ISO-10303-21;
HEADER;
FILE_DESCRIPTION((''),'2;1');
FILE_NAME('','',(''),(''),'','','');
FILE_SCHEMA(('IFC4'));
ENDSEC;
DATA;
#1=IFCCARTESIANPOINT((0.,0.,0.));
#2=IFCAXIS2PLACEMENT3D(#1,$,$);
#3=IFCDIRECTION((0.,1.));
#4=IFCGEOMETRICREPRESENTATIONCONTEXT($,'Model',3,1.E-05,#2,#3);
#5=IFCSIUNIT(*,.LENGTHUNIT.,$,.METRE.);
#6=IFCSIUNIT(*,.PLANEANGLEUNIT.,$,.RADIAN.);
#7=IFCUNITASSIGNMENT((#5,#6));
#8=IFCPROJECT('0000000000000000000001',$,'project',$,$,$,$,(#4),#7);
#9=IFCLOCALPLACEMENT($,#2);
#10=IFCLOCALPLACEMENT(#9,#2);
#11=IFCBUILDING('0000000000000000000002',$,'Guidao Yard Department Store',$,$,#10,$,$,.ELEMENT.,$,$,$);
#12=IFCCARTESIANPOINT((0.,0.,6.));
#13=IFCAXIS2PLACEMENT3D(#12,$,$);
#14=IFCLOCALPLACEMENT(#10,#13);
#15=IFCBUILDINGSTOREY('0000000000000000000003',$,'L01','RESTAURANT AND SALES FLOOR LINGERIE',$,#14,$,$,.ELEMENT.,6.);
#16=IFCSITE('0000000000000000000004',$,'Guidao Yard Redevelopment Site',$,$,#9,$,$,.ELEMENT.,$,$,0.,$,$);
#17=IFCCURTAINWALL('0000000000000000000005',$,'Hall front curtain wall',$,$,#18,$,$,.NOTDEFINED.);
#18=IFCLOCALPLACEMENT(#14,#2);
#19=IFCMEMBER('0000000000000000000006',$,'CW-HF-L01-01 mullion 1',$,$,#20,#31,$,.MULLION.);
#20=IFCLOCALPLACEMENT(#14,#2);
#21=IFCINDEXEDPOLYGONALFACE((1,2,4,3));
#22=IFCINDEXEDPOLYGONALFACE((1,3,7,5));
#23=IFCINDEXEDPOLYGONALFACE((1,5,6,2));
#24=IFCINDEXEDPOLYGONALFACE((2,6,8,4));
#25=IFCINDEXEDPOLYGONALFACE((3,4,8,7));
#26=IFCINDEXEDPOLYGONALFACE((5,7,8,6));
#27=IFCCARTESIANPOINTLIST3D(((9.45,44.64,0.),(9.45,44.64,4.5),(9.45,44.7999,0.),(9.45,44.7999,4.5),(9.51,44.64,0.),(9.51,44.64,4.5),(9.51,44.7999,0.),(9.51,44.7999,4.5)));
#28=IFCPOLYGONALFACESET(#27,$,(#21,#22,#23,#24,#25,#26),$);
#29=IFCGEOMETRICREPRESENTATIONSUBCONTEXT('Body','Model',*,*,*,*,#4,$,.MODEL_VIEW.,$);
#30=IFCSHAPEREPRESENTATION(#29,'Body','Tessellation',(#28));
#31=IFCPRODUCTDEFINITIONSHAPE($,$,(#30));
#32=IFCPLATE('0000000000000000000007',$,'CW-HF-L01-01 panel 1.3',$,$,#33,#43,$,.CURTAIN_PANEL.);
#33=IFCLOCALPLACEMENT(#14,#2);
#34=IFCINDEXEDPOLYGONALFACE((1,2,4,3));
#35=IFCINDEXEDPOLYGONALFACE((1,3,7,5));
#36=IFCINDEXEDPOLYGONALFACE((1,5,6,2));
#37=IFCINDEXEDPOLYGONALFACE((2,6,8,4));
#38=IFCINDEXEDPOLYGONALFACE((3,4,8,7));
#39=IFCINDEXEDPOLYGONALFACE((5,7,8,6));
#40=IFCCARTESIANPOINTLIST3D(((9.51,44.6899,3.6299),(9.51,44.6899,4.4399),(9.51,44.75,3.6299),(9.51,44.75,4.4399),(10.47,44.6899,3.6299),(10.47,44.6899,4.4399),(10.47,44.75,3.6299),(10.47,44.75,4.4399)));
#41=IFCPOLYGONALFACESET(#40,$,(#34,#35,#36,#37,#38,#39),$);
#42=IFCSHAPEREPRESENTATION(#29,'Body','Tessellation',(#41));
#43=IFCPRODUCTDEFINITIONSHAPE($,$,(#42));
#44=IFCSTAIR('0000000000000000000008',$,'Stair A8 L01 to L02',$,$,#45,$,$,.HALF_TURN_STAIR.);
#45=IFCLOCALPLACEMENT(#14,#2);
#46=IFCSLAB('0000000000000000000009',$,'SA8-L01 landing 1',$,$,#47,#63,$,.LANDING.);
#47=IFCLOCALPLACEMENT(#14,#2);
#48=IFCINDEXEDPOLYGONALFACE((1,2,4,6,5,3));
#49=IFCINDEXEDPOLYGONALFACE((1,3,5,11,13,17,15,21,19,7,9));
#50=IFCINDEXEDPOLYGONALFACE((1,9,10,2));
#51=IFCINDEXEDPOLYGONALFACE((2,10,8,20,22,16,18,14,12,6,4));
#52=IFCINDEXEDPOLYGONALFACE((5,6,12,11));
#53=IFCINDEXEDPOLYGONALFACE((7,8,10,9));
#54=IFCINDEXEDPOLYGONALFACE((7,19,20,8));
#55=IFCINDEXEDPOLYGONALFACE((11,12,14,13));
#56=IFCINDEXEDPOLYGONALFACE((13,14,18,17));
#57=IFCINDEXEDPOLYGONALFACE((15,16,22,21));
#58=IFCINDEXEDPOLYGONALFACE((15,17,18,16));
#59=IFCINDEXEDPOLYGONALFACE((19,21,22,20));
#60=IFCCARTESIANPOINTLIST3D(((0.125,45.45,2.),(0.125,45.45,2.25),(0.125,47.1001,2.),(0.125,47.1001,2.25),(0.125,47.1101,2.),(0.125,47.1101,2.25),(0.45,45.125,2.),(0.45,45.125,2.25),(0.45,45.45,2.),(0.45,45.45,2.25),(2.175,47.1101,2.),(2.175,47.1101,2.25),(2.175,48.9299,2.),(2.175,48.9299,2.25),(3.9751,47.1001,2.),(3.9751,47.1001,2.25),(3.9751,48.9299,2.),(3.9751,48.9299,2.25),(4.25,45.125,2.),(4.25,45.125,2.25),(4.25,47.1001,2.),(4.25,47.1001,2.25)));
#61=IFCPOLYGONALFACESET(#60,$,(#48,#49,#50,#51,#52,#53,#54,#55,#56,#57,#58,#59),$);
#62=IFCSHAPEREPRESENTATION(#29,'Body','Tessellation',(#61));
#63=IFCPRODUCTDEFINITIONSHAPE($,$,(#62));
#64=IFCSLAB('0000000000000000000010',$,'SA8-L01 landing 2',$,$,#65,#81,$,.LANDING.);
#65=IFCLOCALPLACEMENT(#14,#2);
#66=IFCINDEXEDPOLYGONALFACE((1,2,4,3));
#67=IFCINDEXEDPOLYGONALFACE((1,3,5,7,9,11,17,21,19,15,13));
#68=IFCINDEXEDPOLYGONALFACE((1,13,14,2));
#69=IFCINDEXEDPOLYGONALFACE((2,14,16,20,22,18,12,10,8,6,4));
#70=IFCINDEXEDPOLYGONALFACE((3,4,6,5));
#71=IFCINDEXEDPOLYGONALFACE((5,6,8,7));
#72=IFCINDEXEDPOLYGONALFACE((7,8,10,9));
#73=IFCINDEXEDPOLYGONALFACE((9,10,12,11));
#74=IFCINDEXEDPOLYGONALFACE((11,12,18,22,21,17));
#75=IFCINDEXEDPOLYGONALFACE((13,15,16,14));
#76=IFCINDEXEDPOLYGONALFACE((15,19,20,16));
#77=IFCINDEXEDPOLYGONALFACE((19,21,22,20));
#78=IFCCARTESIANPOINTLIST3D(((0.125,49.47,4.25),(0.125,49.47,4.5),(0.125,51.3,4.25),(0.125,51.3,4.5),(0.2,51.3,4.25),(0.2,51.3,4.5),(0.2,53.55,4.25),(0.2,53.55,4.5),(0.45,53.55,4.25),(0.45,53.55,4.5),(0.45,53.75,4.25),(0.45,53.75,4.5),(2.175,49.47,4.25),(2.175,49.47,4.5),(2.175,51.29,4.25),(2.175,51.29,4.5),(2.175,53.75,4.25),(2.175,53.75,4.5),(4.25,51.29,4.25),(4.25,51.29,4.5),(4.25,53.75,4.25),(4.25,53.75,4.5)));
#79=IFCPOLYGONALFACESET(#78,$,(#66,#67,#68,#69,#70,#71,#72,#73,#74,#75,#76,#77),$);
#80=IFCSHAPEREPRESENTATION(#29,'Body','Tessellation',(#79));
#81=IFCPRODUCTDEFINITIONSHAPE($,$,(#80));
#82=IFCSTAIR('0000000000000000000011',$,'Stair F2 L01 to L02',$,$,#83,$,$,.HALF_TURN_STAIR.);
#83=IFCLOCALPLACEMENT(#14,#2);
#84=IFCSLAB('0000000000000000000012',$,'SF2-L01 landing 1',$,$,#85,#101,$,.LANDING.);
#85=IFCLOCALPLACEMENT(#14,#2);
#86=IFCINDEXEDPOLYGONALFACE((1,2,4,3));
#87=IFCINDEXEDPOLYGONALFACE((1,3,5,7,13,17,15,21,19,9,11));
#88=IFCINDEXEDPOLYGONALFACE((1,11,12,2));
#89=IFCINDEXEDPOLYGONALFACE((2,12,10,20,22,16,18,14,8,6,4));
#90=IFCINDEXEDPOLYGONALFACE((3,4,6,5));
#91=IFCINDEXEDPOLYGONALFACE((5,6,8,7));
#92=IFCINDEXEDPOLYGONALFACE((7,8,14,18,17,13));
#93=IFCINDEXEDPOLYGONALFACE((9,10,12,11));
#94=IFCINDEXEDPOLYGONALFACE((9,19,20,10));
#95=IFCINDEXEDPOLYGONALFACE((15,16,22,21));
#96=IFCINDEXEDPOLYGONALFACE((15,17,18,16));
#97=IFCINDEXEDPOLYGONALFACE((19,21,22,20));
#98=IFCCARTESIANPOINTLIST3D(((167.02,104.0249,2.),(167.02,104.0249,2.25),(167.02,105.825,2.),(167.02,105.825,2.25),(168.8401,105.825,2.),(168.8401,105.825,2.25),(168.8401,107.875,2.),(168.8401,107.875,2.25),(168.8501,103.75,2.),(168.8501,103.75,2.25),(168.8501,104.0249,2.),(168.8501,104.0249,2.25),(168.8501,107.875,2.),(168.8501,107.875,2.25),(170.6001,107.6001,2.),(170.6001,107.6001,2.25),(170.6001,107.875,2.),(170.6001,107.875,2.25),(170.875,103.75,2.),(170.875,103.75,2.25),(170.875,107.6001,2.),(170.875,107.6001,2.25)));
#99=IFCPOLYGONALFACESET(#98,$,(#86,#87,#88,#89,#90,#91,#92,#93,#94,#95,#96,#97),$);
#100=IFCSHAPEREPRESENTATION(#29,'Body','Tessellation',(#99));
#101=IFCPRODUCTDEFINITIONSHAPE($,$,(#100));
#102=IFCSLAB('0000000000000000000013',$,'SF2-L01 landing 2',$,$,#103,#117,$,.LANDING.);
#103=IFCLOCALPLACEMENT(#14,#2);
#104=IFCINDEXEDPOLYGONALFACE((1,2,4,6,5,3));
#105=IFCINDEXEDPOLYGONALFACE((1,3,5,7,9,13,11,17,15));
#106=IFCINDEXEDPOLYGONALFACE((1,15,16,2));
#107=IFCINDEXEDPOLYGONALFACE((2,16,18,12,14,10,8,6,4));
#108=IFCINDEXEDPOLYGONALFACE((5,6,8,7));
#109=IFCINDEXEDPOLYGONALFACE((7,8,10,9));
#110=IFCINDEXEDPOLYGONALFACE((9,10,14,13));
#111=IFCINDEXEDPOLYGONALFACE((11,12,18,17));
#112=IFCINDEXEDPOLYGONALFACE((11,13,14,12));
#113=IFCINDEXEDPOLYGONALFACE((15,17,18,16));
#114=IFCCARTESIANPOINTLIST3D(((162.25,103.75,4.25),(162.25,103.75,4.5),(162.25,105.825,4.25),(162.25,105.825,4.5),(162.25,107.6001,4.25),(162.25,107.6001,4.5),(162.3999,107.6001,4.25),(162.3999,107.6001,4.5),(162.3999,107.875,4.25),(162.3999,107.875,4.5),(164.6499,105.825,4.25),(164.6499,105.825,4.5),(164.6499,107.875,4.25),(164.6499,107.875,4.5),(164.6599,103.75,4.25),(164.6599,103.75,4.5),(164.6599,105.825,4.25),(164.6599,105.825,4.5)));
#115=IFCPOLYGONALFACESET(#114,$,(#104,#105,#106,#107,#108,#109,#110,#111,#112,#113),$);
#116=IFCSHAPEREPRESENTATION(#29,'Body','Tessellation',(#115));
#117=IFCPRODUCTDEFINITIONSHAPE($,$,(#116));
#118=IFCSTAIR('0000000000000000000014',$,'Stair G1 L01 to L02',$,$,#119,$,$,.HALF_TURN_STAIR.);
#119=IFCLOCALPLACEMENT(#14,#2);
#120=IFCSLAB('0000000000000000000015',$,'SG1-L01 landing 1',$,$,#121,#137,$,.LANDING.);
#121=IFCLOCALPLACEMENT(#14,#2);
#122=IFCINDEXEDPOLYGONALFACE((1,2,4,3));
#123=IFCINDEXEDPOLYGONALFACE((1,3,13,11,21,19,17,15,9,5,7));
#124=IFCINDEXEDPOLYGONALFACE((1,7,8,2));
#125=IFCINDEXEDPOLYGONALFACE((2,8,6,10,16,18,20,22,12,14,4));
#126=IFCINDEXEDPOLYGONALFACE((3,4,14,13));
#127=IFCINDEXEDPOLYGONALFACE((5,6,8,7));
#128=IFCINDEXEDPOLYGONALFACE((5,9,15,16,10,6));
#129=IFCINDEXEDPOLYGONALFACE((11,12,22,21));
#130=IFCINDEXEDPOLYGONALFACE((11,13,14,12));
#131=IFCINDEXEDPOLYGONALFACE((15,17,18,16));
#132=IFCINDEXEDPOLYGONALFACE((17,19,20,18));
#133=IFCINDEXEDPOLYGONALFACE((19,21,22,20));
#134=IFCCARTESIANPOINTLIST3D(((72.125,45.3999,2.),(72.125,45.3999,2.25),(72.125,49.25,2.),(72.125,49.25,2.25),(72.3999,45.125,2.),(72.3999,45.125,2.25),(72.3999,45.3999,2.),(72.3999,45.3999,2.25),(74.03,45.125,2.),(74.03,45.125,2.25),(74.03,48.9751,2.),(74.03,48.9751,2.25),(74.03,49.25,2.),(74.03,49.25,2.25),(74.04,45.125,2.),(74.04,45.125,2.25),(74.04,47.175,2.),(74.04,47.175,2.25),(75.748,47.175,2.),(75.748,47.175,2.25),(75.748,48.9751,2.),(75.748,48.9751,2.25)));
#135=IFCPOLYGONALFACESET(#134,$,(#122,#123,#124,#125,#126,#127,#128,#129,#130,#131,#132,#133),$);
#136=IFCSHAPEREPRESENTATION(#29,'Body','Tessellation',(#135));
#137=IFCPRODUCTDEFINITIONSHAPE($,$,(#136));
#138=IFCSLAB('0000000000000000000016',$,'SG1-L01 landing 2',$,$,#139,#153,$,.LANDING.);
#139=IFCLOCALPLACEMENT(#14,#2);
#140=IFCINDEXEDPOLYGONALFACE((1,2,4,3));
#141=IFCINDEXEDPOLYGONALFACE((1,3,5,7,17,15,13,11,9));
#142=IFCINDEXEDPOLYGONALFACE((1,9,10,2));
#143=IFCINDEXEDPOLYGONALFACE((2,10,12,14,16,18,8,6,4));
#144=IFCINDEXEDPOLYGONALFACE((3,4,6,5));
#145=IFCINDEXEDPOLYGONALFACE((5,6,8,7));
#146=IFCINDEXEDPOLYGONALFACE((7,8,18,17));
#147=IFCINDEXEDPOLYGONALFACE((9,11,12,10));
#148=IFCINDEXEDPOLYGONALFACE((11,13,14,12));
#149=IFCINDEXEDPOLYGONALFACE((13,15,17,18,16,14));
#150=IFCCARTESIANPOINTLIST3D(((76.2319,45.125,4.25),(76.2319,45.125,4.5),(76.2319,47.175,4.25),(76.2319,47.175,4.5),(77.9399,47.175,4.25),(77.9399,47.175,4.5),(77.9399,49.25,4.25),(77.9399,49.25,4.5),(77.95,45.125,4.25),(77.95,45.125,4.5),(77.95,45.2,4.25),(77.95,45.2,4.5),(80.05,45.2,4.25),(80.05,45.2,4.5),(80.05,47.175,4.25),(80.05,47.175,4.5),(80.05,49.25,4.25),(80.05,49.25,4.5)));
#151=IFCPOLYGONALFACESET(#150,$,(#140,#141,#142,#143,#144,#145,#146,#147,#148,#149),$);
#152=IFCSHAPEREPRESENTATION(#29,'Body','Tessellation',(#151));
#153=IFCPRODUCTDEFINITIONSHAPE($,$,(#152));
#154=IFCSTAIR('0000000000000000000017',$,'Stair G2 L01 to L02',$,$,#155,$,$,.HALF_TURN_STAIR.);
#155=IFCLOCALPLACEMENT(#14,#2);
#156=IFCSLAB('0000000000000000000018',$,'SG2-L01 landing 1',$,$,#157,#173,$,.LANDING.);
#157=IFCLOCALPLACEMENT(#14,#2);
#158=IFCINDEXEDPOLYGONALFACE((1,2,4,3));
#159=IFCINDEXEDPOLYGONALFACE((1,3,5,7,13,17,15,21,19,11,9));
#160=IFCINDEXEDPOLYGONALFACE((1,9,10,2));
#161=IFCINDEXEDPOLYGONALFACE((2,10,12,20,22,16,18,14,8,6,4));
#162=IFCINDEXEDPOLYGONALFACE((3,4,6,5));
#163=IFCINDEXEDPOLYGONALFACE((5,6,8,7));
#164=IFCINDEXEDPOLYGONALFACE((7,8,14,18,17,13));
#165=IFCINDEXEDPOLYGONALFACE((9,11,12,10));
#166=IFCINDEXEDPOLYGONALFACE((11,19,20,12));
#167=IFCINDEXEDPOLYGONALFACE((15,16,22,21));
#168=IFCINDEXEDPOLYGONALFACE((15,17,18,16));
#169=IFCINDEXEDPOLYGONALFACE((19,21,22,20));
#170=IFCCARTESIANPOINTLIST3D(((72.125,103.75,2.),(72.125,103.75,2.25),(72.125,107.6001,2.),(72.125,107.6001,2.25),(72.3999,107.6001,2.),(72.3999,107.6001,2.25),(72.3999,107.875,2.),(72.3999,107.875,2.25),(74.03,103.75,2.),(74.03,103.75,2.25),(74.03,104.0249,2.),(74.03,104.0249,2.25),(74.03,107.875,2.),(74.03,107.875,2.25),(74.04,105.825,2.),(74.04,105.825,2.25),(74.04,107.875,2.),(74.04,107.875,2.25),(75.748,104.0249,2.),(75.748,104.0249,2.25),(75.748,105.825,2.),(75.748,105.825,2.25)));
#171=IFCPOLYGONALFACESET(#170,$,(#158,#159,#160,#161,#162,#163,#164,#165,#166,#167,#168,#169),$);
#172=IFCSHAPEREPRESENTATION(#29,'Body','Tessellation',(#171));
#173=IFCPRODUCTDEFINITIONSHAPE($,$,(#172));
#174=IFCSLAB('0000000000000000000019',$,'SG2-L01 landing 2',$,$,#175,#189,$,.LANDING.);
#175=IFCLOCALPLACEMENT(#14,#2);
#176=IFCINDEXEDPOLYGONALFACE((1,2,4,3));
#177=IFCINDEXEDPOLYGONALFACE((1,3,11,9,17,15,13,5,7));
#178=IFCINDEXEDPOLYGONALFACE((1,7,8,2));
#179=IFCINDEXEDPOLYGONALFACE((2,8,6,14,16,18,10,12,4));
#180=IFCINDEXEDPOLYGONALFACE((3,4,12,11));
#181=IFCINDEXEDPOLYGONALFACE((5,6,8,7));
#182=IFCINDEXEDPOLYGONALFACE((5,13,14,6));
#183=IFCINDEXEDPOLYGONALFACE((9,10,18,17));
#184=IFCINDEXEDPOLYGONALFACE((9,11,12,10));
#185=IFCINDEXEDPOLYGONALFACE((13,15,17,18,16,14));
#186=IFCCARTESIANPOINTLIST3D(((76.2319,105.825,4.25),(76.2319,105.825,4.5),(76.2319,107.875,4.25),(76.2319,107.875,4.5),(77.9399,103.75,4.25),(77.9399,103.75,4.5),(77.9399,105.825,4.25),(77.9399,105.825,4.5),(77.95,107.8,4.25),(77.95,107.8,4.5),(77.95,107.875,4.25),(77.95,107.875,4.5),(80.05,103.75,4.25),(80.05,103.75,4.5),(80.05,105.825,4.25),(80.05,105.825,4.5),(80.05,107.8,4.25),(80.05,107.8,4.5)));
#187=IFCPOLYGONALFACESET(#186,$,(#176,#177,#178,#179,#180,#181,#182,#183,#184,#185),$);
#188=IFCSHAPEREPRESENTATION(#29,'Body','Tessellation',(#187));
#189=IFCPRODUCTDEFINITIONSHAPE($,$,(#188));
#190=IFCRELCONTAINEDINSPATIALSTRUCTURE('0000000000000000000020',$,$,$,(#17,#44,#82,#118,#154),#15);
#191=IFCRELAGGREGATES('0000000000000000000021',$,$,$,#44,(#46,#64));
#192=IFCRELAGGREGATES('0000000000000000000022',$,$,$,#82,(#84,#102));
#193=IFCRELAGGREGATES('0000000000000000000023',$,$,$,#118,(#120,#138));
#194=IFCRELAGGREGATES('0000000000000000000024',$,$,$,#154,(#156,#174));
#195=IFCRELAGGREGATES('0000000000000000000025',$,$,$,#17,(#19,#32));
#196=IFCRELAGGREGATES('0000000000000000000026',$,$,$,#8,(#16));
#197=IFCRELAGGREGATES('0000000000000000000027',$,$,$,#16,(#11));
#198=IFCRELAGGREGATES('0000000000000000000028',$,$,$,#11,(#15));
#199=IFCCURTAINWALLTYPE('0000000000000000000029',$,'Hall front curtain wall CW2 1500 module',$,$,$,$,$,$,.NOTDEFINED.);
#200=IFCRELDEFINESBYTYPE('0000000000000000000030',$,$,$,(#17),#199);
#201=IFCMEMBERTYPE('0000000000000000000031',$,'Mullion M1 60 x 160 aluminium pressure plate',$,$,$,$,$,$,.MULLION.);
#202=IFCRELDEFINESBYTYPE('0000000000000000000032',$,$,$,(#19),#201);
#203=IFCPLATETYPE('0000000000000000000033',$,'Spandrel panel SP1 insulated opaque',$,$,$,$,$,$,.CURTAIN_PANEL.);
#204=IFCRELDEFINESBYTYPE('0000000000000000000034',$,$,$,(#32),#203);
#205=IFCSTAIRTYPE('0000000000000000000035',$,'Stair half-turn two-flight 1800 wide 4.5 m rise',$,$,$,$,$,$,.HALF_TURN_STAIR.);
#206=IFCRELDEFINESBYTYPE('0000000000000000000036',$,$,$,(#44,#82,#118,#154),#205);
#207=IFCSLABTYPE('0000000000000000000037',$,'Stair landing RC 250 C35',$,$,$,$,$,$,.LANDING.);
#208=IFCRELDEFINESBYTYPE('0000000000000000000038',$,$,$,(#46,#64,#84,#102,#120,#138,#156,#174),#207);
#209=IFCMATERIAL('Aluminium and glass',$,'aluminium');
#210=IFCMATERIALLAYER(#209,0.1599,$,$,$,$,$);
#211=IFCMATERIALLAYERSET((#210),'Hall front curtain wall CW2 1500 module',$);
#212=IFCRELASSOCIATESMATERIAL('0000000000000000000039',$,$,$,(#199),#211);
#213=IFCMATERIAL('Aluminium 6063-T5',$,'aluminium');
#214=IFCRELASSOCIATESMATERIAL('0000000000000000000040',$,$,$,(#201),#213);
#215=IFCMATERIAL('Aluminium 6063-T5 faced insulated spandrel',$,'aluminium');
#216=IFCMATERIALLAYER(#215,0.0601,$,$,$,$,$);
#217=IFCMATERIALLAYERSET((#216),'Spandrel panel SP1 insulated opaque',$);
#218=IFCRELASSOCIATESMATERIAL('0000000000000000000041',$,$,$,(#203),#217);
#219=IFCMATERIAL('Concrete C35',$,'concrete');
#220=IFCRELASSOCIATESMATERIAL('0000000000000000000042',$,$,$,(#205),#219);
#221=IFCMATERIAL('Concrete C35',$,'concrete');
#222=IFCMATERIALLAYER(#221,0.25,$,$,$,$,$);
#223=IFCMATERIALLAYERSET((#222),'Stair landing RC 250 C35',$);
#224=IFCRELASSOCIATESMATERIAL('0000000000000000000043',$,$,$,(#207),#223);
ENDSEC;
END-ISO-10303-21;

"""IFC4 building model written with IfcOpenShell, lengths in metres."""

from ifc_helpers import new_model, si_unit, direction, frame, origin, origin_2d, place, context, subcontext, project, spatial, polyline, rectangle, outline, extrude, material, layer, layer_set, material_profile, profile_set, type_object, element, aggregate, save


model = new_model("IFC4")

# Units and contexts
model_context = context("Model", 3, precision=1e-05, world=origin(), true_north=direction((0.0, 1.0)))
body_context = subcontext(model_context, "Body", "Model", "MODEL_VIEW")
ifc_project = project(units=[si_unit("LENGTHUNIT", "METRE"), si_unit("PLANEANGLEUNIT", "RADIAN")], contexts=[model_context])

# Site, building, storey
site_placement = place(None, origin())
site = spatial("IfcSite", under=ifc_project, at=site_placement, Name="Guidao Yard Redevelopment Site", CompositionType="ELEMENT", RefElevation=0.0)
building_placement = place(site_placement, origin())
building = spatial("IfcBuilding", under=site, at=building_placement, Name="Guidao Yard Department Store", CompositionType="ELEMENT")
storey_placement = place(building_placement, frame((0.0, 0.0, 6.0)))
storey = spatial("IfcBuildingStorey", under=building, at=storey_placement, Name="L01", Description="RESTAURANT AND SALES FLOOR LINGERIE", CompositionType="ELEMENT", Elevation=6.0)

# Curtain wall, member, plate
ifc_material_1 = material(Name="Aluminium and glass", Category="aluminium")
ifc_layer_1 = layer(ifc_material_1, 0.1599)
ifc_layer_set_1 = layer_set([ifc_layer_1], Name="Hall front curtain wall CW2 1500 module")
curtain_wall_type = type_object("IfcCurtainWallType", Name="Hall front curtain wall CW2 1500 module", PredefinedType="NOTDEFINED", material=ifc_layer_set_1)
curtain_wall_placement = place(storey_placement, origin())
curtain_wall = element("IfcCurtainWall", 1, at=curtain_wall_placement, inside=storey, type_object=curtain_wall_type, Name="Hall front curtain wall", PredefinedType="NOTDEFINED")
ifc_material_2 = material(Name="Aluminium 6063-T5", Category="aluminium")
ifc_material_profile = material_profile(ifc_material_2, rectangle(XDim=0.0601, YDim=0.1599, at=origin_2d()), Name="Mullion M1 60 x 160 aluminium pressure plate")
ifc_profile_set = profile_set([ifc_material_profile], Name="Aluminium 6063-T5")
member_type = type_object("IfcMemberType", Name="Mullion M1 60 x 160 aluminium pressure plate", PredefinedType="MULLION", material=ifc_profile_set)
member_placement = place(storey_placement, frame((9.48, 44.72, 0.0), z_axis=(0.0, 0.0, 1.0), x_axis=(-1.0, 0.0, 0.0)))
member = element("IfcMember", 2, at=member_placement, type_object=member_type, Name="CW-HF-L01-01 mullion 1", PredefinedType="MULLION", context=body_context, shape_type="SweptSolid", body=[
    extrude(rectangle(XDim=0.0601, YDim=0.1599, at=origin_2d()), origin(), (0.0, 0.0, 1.0), 4.5),
])
ifc_material_3 = material(Name="Aluminium 6063-T5 faced insulated spandrel", Category="aluminium")
ifc_layer_2 = layer(ifc_material_3, 0.0601)
ifc_layer_set_2 = layer_set([ifc_layer_2], Name="Spandrel panel SP1 insulated opaque")
plate_type_1 = type_object("IfcPlateType", Name="Spandrel panel SP1 insulated opaque", PredefinedType="CURTAIN_PANEL", material=ifc_layer_set_2)
plate_1_placement = place(storey_placement, frame((9.99, 44.72, 3.6299), z_axis=(0.0, 0.0, 1.0), x_axis=(-1.0, 0.0, 0.0)))
plate_1 = element("IfcPlate", 3, at=plate_1_placement, type_object=plate_type_1, Name="CW-HF-L01-01 panel 1.3", PredefinedType="CURTAIN_PANEL", context=body_context, shape_type="SweptSolid", body=[
    extrude(rectangle(XDim=0.96, YDim=0.0601, at=origin_2d()), origin(), (0.0, 0.0, 1.0), 0.8101),
])

# Stairs, slabs
ifc_material_4 = material(Name="Concrete C35", Category="concrete")
stair_type_1 = type_object("IfcStairType", Name="Stair half-turn two-flight 1800 wide 4.5 m rise", PredefinedType="HALF_TURN_STAIR", material=ifc_material_4)
stair_1_placement = place(storey_placement, origin())
stair_1 = element("IfcStair", 4, at=stair_1_placement, inside=storey, type_object=stair_type_1, Name="Stair A8 L01 to L02", PredefinedType="HALF_TURN_STAIR")
ifc_material_5 = material(Name="Concrete C35", Category="concrete")
ifc_layer_3 = layer(ifc_material_5, 0.25)
ifc_layer_set_3 = layer_set([ifc_layer_3], Name="Stair landing RC 250 C35")
slab_type = type_object("IfcSlabType", Name="Stair landing RC 250 C35", PredefinedType="LANDING", material=ifc_layer_set_3)
slab_1_placement = place(storey_placement, frame((0.0, 0.0, 2.0)))
slab_1 = element("IfcSlab", 5, at=slab_1_placement, type_object=slab_type, Name="SA8-L01 landing 1", PredefinedType="LANDING", context=body_context, shape_type="SweptSolid", body=[
    extrude(outline(polyline([(0.45, 45.125), (0.45, 45.45), (0.125, 45.45), (0.125, 47.1001), (0.125, 47.1101), (2.175, 47.1101), (2.175, 48.9299), (3.9751, 48.9299), (3.9751, 47.1001), (4.25, 47.1001), (4.25, 45.125), (0.45, 45.125)])), origin(), (0.0, 0.0, 1.0), 0.25),
])
slab_2_placement = place(storey_placement, frame((0.0, 0.0, 4.25)))
slab_2 = element("IfcSlab", 6, at=slab_2_placement, type_object=slab_type, Name="SA8-L01 landing 2", PredefinedType="LANDING", context=body_context, shape_type="SweptSolid", body=[
    extrude(outline(polyline([(0.125, 51.3), (0.2, 51.3), (0.2, 53.55), (0.45, 53.55), (0.45, 53.75), (2.175, 53.75), (4.25, 53.75), (4.25, 51.29), (2.175, 51.29), (2.175, 49.47), (0.125, 49.47), (0.125, 51.3)])), origin(), (0.0, 0.0, 1.0), 0.25),
])
aggregate(stair_1, [slab_1, slab_2])
stair_2_placement = place(storey_placement, origin())
stair_2 = element("IfcStair", 7, at=stair_2_placement, inside=storey, type_object=stair_type_1, Name="Stair F2 L01 to L02", PredefinedType="HALF_TURN_STAIR")
slab_3_placement = place(storey_placement, frame((0.0, 0.0, 2.0)))
slab_3 = element("IfcSlab", 8, at=slab_3_placement, type_object=slab_type, Name="SF2-L01 landing 1", PredefinedType="LANDING", context=body_context, shape_type="SweptSolid", body=[
    extrude(outline(polyline([(168.8401, 105.825), (168.8401, 107.875), (168.8501, 107.875), (170.6001, 107.875), (170.6001, 107.6001), (170.875, 107.6001), (170.875, 103.75), (168.8501, 103.75), (168.8501, 104.0249), (167.02, 104.0249), (167.02, 105.825), (168.8401, 105.825)])), origin(), (0.0, 0.0, 1.0), 0.25),
])
slab_4_placement = place(storey_placement, frame((0.0, 0.0, 4.25)))
slab_4 = element("IfcSlab", 9, at=slab_4_placement, type_object=slab_type, Name="SF2-L01 landing 2", PredefinedType="LANDING", context=body_context, shape_type="SweptSolid", body=[
    extrude(outline(polyline([(162.25, 103.75), (162.25, 105.825), (162.25, 107.6001), (162.3999, 107.6001), (162.3999, 107.875), (164.6499, 107.875), (164.6499, 105.825), (164.6599, 105.825), (164.6599, 103.75), (162.25, 103.75)])), origin(), (0.0, 0.0, 1.0), 0.25),
])
aggregate(stair_2, [slab_3, slab_4])
stair_3_placement = place(storey_placement, origin())
stair_3 = element("IfcStair", 10, at=stair_3_placement, inside=storey, type_object=stair_type_1, Name="Stair G1 L01 to L02", PredefinedType="HALF_TURN_STAIR")
slab_5_placement = place(storey_placement, frame((0.0, 0.0, 2.0)))
slab_5 = element("IfcSlab", 11, at=slab_5_placement, type_object=slab_type, Name="SG1-L01 landing 1", PredefinedType="LANDING", context=body_context, shape_type="SweptSolid", body=[
    extrude(outline(polyline([(74.03, 45.125), (72.3999, 45.125), (72.3999, 45.3999), (72.125, 45.3999), (72.125, 49.25), (74.03, 49.25), (74.03, 48.9751), (75.748, 48.9751), (75.748, 47.175), (74.04, 47.175), (74.04, 45.125), (74.03, 45.125)])), origin(), (0.0, 0.0, 1.0), 0.25),
])
slab_6_placement = place(storey_placement, frame((0.0, 0.0, 4.25)))
slab_6 = element("IfcSlab", 12, at=slab_6_placement, type_object=slab_type, Name="SG1-L01 landing 2", PredefinedType="LANDING", context=body_context, shape_type="SweptSolid", body=[
    extrude(outline(polyline([(76.2319, 45.125), (76.2319, 47.175), (77.9399, 47.175), (77.9399, 49.25), (80.05, 49.25), (80.05, 47.175), (80.05, 45.2), (77.95, 45.2), (77.95, 45.125), (76.2319, 45.125)])), origin(), (0.0, 0.0, 1.0), 0.25),
])
aggregate(stair_3, [slab_5, slab_6])
stair_4_placement = place(storey_placement, origin())
stair_4 = element("IfcStair", 13, at=stair_4_placement, inside=storey, type_object=stair_type_1, Name="Stair G2 L01 to L02", PredefinedType="HALF_TURN_STAIR")
slab_7_placement = place(storey_placement, frame((0.0, 0.0, 2.0)))
slab_7 = element("IfcSlab", 14, at=slab_7_placement, type_object=slab_type, Name="SG2-L01 landing 1", PredefinedType="LANDING", context=body_context, shape_type="SweptSolid", body=[
    extrude(outline(polyline([(75.748, 104.0249), (74.03, 104.0249), (74.03, 103.75), (72.125, 103.75), (72.125, 107.6001), (72.3999, 107.6001), (72.3999, 107.875), (74.03, 107.875), (74.04, 107.875), (74.04, 105.825), (75.748, 105.825), (75.748, 104.0249)])), origin(), (0.0, 0.0, 1.0), 0.25),
])
slab_8_placement = place(storey_placement, frame((0.0, 0.0, 4.25)))
slab_8 = element("IfcSlab", 15, at=slab_8_placement, type_object=slab_type, Name="SG2-L01 landing 2", PredefinedType="LANDING", context=body_context, shape_type="SweptSolid", body=[
    extrude(outline(polyline([(77.9399, 103.75), (77.9399, 105.825), (76.2319, 105.825), (76.2319, 107.875), (77.95, 107.875), (77.95, 107.8), (80.05, 107.8), (80.05, 105.825), (80.05, 103.75), (77.9399, 103.75)])), origin(), (0.0, 0.0, 1.0), 0.25),
])
aggregate(stair_4, [slab_7, slab_8])

aggregate(curtain_wall, [member, plate_1])

save(model, "model.ifc")
